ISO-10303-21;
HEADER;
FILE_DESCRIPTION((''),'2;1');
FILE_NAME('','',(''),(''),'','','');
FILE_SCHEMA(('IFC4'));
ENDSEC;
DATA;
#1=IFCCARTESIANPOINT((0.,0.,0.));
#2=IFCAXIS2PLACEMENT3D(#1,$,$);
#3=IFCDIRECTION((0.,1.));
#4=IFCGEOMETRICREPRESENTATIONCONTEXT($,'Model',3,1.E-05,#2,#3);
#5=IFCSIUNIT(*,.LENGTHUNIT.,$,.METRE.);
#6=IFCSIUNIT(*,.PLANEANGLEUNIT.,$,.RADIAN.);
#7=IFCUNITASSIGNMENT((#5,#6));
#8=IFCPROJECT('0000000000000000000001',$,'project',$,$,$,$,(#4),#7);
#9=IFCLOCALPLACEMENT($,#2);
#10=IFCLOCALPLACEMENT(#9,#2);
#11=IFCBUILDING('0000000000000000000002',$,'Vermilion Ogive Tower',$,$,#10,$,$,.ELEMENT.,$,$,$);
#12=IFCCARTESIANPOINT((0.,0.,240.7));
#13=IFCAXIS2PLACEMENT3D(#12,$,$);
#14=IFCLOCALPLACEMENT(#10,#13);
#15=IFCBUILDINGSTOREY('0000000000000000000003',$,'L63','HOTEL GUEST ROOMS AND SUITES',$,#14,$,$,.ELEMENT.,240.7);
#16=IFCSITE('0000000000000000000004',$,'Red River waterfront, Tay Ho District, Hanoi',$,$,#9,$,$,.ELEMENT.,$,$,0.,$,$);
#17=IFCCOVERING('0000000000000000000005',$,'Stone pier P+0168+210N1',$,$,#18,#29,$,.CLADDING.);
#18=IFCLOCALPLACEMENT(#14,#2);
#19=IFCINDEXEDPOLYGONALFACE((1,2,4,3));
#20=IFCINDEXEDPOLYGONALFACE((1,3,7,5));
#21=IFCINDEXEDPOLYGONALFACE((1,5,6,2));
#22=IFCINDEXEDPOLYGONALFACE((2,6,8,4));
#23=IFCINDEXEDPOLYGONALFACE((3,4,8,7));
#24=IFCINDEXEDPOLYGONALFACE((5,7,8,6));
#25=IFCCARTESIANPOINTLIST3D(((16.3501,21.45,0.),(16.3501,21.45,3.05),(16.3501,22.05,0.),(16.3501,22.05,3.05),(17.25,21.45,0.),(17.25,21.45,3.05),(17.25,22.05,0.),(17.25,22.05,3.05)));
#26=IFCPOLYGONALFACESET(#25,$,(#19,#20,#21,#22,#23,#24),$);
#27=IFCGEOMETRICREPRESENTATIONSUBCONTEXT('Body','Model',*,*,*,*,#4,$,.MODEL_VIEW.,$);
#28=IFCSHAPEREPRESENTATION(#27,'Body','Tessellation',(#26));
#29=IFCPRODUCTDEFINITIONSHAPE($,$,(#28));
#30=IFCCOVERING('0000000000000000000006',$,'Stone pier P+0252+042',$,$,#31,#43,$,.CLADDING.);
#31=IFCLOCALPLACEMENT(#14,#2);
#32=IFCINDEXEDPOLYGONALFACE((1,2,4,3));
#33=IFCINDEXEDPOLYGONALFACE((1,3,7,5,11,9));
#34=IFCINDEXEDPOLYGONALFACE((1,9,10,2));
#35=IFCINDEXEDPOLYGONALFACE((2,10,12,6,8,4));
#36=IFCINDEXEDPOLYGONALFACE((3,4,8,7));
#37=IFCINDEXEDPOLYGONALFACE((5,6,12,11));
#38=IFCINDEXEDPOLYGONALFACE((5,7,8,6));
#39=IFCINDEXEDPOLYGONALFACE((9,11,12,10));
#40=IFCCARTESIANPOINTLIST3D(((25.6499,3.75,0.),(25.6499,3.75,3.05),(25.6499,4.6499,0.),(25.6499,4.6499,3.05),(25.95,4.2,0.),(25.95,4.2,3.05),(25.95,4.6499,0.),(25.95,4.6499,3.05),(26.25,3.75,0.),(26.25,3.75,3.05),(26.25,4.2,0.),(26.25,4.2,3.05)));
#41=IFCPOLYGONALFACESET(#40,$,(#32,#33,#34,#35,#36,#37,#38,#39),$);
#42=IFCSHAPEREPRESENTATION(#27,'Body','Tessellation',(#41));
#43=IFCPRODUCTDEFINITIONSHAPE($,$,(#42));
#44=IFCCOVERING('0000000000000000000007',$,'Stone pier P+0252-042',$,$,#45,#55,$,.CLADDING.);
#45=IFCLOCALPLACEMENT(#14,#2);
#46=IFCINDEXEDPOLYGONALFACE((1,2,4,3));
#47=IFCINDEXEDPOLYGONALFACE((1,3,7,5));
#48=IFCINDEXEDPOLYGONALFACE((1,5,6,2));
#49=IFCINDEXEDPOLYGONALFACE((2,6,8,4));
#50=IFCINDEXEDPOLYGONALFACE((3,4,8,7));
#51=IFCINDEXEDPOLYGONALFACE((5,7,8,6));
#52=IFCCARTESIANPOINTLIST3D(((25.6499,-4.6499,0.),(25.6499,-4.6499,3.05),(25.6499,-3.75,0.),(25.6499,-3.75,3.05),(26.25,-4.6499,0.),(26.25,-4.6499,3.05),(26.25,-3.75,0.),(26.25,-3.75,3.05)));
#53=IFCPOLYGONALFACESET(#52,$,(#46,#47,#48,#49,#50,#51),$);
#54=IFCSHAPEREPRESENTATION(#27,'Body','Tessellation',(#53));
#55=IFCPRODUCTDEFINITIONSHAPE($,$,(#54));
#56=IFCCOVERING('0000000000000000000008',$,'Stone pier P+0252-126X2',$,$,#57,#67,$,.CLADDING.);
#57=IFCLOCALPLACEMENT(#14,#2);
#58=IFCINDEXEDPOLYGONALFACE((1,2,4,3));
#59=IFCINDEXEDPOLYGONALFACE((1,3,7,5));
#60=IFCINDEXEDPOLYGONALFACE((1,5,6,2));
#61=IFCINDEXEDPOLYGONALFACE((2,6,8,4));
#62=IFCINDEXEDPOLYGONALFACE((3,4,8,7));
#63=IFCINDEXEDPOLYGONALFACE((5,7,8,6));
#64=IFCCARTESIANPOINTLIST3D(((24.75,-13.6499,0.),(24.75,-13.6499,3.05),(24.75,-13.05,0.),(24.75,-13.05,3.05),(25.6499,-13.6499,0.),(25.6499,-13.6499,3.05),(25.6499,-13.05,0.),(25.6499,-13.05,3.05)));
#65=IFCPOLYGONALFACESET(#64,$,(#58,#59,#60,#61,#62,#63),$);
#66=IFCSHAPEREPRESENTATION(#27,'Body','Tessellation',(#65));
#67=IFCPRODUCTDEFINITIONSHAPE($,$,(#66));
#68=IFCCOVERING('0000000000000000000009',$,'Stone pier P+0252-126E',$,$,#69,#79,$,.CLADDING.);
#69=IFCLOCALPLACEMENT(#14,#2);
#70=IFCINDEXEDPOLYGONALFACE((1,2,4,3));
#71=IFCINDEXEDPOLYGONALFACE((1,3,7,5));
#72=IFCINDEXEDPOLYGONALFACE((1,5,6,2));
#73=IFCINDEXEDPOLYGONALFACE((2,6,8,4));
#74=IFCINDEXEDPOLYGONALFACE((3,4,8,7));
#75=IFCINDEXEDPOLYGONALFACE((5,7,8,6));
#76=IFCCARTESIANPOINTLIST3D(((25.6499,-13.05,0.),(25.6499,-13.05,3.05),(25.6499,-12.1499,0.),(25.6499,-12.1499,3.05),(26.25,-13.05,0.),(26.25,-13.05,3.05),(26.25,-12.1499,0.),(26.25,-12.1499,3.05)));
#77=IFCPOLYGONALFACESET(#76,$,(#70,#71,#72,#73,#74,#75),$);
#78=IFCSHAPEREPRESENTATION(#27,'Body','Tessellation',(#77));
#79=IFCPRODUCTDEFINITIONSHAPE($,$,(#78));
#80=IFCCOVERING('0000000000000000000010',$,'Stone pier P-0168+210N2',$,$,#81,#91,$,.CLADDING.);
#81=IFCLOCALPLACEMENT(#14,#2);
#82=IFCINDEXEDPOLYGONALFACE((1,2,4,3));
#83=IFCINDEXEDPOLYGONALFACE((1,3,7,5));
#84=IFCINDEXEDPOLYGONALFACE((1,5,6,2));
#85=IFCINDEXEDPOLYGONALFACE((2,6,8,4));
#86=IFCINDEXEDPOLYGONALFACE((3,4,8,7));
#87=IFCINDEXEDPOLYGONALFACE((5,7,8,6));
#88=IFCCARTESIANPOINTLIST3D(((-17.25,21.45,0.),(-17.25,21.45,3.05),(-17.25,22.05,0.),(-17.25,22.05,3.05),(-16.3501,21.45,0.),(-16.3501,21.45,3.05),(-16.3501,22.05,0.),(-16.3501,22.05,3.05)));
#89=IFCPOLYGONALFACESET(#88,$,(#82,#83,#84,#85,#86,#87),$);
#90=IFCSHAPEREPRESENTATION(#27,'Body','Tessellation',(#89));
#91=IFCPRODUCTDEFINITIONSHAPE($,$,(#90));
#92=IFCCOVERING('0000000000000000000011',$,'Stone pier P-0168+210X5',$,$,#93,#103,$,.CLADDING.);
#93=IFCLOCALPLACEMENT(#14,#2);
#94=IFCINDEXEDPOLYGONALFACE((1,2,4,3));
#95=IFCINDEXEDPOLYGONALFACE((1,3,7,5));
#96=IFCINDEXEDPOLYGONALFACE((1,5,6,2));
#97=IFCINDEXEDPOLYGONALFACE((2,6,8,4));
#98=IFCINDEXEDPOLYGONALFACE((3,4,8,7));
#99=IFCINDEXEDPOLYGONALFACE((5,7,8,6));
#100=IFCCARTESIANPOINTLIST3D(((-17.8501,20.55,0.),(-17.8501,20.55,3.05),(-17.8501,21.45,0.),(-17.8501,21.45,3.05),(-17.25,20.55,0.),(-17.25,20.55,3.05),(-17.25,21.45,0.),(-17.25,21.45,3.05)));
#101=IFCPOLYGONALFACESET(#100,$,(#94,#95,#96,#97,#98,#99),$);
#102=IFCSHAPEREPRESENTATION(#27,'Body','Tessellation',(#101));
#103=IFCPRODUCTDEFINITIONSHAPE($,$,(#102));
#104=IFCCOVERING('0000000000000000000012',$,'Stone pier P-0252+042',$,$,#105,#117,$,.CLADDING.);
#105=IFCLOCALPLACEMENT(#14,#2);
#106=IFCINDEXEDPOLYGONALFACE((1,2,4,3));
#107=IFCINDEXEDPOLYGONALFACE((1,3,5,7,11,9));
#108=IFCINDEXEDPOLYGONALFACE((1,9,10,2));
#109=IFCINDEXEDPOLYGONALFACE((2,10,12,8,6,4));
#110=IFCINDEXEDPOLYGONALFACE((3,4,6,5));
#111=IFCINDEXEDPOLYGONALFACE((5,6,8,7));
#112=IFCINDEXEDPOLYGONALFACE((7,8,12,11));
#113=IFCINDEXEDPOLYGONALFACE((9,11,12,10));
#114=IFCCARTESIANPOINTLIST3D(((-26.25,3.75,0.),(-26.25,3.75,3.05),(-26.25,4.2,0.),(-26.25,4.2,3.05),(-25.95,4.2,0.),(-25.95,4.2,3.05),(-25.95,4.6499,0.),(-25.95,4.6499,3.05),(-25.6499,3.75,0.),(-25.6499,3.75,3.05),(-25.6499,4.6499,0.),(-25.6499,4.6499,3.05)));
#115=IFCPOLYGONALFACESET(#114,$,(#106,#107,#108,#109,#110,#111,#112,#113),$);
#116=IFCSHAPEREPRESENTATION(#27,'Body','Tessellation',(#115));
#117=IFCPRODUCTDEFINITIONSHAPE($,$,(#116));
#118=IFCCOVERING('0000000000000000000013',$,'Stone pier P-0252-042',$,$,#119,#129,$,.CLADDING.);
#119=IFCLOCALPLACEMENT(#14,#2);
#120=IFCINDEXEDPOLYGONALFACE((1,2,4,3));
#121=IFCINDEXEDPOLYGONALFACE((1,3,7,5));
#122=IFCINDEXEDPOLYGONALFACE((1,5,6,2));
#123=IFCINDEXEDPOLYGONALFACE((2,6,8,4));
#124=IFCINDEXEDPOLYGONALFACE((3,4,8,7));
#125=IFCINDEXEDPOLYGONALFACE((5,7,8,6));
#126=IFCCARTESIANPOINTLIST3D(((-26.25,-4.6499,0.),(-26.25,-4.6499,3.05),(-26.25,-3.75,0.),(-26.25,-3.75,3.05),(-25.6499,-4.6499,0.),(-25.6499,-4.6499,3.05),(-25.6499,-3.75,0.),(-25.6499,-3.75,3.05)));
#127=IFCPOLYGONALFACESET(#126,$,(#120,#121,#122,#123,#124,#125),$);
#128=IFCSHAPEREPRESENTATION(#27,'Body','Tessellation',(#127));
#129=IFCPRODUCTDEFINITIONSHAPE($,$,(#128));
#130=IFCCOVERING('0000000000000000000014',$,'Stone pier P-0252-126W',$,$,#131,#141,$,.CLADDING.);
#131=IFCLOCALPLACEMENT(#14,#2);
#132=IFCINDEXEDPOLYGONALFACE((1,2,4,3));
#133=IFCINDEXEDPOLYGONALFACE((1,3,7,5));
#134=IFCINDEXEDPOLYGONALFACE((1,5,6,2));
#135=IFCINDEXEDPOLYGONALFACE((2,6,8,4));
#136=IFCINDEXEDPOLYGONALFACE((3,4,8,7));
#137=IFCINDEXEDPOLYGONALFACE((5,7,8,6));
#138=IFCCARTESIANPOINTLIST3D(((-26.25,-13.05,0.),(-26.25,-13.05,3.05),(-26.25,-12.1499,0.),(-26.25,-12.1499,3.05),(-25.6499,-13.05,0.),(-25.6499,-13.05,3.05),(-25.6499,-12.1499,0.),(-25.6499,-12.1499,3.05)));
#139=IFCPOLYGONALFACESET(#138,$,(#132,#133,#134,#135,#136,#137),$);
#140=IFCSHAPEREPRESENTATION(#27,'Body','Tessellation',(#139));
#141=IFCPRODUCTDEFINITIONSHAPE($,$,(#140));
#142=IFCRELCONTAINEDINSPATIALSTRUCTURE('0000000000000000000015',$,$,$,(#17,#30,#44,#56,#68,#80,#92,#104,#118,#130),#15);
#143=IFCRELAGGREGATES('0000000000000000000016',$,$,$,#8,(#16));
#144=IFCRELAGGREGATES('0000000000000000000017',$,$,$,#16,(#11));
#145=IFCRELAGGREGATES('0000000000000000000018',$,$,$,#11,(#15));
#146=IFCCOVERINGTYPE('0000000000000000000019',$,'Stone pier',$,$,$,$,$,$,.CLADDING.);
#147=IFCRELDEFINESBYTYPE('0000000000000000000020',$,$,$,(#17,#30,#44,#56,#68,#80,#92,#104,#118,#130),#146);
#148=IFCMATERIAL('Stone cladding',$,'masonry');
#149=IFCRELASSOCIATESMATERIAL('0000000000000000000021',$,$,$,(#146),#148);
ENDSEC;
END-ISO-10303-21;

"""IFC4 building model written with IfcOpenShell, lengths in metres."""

from ifc_helpers import new_model, si_unit, direction, frame, origin, place, context, subcontext, project, spatial, polyline, outline, extrude, material, type_object, element, save


model = new_model("IFC4")

# Units and contexts
model_context = context("Model", 3, precision=1e-05, world=origin(), true_north=direction((0.0, 1.0)))
body_context = subcontext(model_context, "Body", "Model", "MODEL_VIEW")
ifc_project = project(units=[si_unit("LENGTHUNIT", "METRE"), si_unit("PLANEANGLEUNIT", "RADIAN")], contexts=[model_context])

# Site, building, storey
site_placement = place(None, origin())
site = spatial("IfcSite", under=ifc_project, at=site_placement, Name="Red River waterfront, Tay Ho District, Hanoi", CompositionType="ELEMENT", RefElevation=0.0)
building_placement = place(site_placement, origin())
building = spatial("IfcBuilding", under=site, at=building_placement, Name="Vermilion Ogive Tower", CompositionType="ELEMENT")
storey_placement = place(building_placement, frame((0.0, 0.0, 240.7)))
storey = spatial("IfcBuildingStorey", under=building, at=storey_placement, Name="L63", Description="HOTEL GUEST ROOMS AND SUITES", CompositionType="ELEMENT", Elevation=240.7)

# Coverings
ifc_material_1 = material(Name="Stone cladding", Category="masonry")
covering_type_1 = type_object("IfcCoveringType", Name="Stone pier", PredefinedType="CLADDING", material=ifc_material_1)
covering_1_placement = place(storey_placement, origin())
element("IfcCovering", 1, at=covering_1_placement, inside=storey, type_object=covering_type_1, Name="Stone pier P+0168+210N1", PredefinedType="CLADDING", context=body_context, shape_type="SweptSolid", body=[
    extrude(outline(polyline([(17.25, 22.05), (17.25, 21.45), (16.3501, 21.45), (16.3501, 22.05), (17.25, 22.05)])), origin(), (0.0, 0.0, 1.0), 3.05),
])
covering_2_placement = place(storey_placement, origin())
element("IfcCovering", 2, at=covering_2_placement, inside=storey, type_object=covering_type_1, Name="Stone pier P+0252+042", PredefinedType="CLADDING", context=body_context, shape_type="SweptSolid", body=[
    extrude(outline(polyline([(25.95, 4.6499), (25.95, 4.2), (26.25, 4.2), (26.25, 3.75), (25.6499, 3.75), (25.6499, 4.6499), (25.95, 4.6499)])), origin(), (0.0, 0.0, 1.0), 3.05),
])
covering_3_placement = place(storey_placement, origin())
element("IfcCovering", 3, at=covering_3_placement, inside=storey, type_object=covering_type_1, Name="Stone pier P+0252-042", PredefinedType="CLADDING", context=body_context, shape_type="SweptSolid", body=[
    extrude(outline(polyline([(26.25, -3.75), (26.25, -4.6499), (25.6499, -4.6499), (25.6499, -3.75), (26.25, -3.75)])), origin(), (0.0, 0.0, 1.0), 3.05),
])
covering_4_placement = place(storey_placement, origin())
element("IfcCovering", 4, at=covering_4_placement, inside=storey, type_object=covering_type_1, Name="Stone pier P+0252-126X2", PredefinedType="CLADDING", context=body_context, shape_type="SweptSolid", body=[
    extrude(outline(polyline([(25.6499, -13.6499), (24.75, -13.6499), (24.75, -13.05), (25.6499, -13.05), (25.6499, -13.6499)])), origin(), (0.0, 0.0, 1.0), 3.05),
])
covering_5_placement = place(storey_placement, origin())
element("IfcCovering", 5, at=covering_5_placement, inside=storey, type_object=covering_type_1, Name="Stone pier P+0252-126E", PredefinedType="CLADDING", context=body_context, shape_type="SweptSolid", body=[
    extrude(outline(polyline([(26.25, -13.05), (25.6499, -13.05), (25.6499, -12.1499), (26.25, -12.1499), (26.25, -13.05)])), origin(), (0.0, 0.0, 1.0), 3.05),
])
covering_6_placement = place(storey_placement, origin())
element("IfcCovering", 6, at=covering_6_placement, inside=storey, type_object=covering_type_1, Name="Stone pier P-0168+210N2", PredefinedType="CLADDING", context=body_context, shape_type="SweptSolid", body=[
    extrude(outline(polyline([(-17.25, 21.45), (-17.25, 22.05), (-16.3501, 22.05), (-16.3501, 21.45), (-17.25, 21.45), (-17.25, 21.45)])), origin(), (0.0, 0.0, 1.0), 3.05),
])
covering_7_placement = place(storey_placement, origin())
element("IfcCovering", 7, at=covering_7_placement, inside=storey, type_object=covering_type_1, Name="Stone pier P-0168+210X5", PredefinedType="CLADDING", context=body_context, shape_type="SweptSolid", body=[
    extrude(outline(polyline([(-17.8501, 21.45), (-17.25, 21.45), (-17.25, 21.45), (-17.25, 20.55), (-17.8501, 20.55), (-17.8501, 21.45)])), origin(), (0.0, 0.0, 1.0), 3.05),
])
covering_8_placement = place(storey_placement, origin())
element("IfcCovering", 8, at=covering_8_placement, inside=storey, type_object=covering_type_1, Name="Stone pier P-0252+042", PredefinedType="CLADDING", context=body_context, shape_type="SweptSolid", body=[
    extrude(outline(polyline([(-26.25, 3.75), (-26.25, 4.2), (-25.95, 4.2), (-25.95, 4.6499), (-25.6499, 4.6499), (-25.6499, 3.75), (-26.25, 3.75)])), origin(), (0.0, 0.0, 1.0), 3.05),
])
covering_9_placement = place(storey_placement, origin())
element("IfcCovering", 9, at=covering_9_placement, inside=storey, type_object=covering_type_1, Name="Stone pier P-0252-042", PredefinedType="CLADDING", context=body_context, shape_type="SweptSolid", body=[
    extrude(outline(polyline([(-26.25, -4.6499), (-26.25, -3.75), (-25.6499, -3.75), (-25.6499, -4.6499), (-26.25, -4.6499)])), origin(), (0.0, 0.0, 1.0), 3.05),
])
covering_10_placement = place(storey_placement, origin())
element("IfcCovering", 10, at=covering_10_placement, inside=storey, type_object=covering_type_1, Name="Stone pier P-0252-126W", PredefinedType="CLADDING", context=body_context, shape_type="SweptSolid", body=[
    extrude(outline(polyline([(-26.25, -13.05), (-26.25, -12.1499), (-25.6499, -12.1499), (-25.6499, -13.05), (-26.25, -13.05)])), origin(), (0.0, 0.0, 1.0), 3.05),
])

save(model, "model.ifc")
